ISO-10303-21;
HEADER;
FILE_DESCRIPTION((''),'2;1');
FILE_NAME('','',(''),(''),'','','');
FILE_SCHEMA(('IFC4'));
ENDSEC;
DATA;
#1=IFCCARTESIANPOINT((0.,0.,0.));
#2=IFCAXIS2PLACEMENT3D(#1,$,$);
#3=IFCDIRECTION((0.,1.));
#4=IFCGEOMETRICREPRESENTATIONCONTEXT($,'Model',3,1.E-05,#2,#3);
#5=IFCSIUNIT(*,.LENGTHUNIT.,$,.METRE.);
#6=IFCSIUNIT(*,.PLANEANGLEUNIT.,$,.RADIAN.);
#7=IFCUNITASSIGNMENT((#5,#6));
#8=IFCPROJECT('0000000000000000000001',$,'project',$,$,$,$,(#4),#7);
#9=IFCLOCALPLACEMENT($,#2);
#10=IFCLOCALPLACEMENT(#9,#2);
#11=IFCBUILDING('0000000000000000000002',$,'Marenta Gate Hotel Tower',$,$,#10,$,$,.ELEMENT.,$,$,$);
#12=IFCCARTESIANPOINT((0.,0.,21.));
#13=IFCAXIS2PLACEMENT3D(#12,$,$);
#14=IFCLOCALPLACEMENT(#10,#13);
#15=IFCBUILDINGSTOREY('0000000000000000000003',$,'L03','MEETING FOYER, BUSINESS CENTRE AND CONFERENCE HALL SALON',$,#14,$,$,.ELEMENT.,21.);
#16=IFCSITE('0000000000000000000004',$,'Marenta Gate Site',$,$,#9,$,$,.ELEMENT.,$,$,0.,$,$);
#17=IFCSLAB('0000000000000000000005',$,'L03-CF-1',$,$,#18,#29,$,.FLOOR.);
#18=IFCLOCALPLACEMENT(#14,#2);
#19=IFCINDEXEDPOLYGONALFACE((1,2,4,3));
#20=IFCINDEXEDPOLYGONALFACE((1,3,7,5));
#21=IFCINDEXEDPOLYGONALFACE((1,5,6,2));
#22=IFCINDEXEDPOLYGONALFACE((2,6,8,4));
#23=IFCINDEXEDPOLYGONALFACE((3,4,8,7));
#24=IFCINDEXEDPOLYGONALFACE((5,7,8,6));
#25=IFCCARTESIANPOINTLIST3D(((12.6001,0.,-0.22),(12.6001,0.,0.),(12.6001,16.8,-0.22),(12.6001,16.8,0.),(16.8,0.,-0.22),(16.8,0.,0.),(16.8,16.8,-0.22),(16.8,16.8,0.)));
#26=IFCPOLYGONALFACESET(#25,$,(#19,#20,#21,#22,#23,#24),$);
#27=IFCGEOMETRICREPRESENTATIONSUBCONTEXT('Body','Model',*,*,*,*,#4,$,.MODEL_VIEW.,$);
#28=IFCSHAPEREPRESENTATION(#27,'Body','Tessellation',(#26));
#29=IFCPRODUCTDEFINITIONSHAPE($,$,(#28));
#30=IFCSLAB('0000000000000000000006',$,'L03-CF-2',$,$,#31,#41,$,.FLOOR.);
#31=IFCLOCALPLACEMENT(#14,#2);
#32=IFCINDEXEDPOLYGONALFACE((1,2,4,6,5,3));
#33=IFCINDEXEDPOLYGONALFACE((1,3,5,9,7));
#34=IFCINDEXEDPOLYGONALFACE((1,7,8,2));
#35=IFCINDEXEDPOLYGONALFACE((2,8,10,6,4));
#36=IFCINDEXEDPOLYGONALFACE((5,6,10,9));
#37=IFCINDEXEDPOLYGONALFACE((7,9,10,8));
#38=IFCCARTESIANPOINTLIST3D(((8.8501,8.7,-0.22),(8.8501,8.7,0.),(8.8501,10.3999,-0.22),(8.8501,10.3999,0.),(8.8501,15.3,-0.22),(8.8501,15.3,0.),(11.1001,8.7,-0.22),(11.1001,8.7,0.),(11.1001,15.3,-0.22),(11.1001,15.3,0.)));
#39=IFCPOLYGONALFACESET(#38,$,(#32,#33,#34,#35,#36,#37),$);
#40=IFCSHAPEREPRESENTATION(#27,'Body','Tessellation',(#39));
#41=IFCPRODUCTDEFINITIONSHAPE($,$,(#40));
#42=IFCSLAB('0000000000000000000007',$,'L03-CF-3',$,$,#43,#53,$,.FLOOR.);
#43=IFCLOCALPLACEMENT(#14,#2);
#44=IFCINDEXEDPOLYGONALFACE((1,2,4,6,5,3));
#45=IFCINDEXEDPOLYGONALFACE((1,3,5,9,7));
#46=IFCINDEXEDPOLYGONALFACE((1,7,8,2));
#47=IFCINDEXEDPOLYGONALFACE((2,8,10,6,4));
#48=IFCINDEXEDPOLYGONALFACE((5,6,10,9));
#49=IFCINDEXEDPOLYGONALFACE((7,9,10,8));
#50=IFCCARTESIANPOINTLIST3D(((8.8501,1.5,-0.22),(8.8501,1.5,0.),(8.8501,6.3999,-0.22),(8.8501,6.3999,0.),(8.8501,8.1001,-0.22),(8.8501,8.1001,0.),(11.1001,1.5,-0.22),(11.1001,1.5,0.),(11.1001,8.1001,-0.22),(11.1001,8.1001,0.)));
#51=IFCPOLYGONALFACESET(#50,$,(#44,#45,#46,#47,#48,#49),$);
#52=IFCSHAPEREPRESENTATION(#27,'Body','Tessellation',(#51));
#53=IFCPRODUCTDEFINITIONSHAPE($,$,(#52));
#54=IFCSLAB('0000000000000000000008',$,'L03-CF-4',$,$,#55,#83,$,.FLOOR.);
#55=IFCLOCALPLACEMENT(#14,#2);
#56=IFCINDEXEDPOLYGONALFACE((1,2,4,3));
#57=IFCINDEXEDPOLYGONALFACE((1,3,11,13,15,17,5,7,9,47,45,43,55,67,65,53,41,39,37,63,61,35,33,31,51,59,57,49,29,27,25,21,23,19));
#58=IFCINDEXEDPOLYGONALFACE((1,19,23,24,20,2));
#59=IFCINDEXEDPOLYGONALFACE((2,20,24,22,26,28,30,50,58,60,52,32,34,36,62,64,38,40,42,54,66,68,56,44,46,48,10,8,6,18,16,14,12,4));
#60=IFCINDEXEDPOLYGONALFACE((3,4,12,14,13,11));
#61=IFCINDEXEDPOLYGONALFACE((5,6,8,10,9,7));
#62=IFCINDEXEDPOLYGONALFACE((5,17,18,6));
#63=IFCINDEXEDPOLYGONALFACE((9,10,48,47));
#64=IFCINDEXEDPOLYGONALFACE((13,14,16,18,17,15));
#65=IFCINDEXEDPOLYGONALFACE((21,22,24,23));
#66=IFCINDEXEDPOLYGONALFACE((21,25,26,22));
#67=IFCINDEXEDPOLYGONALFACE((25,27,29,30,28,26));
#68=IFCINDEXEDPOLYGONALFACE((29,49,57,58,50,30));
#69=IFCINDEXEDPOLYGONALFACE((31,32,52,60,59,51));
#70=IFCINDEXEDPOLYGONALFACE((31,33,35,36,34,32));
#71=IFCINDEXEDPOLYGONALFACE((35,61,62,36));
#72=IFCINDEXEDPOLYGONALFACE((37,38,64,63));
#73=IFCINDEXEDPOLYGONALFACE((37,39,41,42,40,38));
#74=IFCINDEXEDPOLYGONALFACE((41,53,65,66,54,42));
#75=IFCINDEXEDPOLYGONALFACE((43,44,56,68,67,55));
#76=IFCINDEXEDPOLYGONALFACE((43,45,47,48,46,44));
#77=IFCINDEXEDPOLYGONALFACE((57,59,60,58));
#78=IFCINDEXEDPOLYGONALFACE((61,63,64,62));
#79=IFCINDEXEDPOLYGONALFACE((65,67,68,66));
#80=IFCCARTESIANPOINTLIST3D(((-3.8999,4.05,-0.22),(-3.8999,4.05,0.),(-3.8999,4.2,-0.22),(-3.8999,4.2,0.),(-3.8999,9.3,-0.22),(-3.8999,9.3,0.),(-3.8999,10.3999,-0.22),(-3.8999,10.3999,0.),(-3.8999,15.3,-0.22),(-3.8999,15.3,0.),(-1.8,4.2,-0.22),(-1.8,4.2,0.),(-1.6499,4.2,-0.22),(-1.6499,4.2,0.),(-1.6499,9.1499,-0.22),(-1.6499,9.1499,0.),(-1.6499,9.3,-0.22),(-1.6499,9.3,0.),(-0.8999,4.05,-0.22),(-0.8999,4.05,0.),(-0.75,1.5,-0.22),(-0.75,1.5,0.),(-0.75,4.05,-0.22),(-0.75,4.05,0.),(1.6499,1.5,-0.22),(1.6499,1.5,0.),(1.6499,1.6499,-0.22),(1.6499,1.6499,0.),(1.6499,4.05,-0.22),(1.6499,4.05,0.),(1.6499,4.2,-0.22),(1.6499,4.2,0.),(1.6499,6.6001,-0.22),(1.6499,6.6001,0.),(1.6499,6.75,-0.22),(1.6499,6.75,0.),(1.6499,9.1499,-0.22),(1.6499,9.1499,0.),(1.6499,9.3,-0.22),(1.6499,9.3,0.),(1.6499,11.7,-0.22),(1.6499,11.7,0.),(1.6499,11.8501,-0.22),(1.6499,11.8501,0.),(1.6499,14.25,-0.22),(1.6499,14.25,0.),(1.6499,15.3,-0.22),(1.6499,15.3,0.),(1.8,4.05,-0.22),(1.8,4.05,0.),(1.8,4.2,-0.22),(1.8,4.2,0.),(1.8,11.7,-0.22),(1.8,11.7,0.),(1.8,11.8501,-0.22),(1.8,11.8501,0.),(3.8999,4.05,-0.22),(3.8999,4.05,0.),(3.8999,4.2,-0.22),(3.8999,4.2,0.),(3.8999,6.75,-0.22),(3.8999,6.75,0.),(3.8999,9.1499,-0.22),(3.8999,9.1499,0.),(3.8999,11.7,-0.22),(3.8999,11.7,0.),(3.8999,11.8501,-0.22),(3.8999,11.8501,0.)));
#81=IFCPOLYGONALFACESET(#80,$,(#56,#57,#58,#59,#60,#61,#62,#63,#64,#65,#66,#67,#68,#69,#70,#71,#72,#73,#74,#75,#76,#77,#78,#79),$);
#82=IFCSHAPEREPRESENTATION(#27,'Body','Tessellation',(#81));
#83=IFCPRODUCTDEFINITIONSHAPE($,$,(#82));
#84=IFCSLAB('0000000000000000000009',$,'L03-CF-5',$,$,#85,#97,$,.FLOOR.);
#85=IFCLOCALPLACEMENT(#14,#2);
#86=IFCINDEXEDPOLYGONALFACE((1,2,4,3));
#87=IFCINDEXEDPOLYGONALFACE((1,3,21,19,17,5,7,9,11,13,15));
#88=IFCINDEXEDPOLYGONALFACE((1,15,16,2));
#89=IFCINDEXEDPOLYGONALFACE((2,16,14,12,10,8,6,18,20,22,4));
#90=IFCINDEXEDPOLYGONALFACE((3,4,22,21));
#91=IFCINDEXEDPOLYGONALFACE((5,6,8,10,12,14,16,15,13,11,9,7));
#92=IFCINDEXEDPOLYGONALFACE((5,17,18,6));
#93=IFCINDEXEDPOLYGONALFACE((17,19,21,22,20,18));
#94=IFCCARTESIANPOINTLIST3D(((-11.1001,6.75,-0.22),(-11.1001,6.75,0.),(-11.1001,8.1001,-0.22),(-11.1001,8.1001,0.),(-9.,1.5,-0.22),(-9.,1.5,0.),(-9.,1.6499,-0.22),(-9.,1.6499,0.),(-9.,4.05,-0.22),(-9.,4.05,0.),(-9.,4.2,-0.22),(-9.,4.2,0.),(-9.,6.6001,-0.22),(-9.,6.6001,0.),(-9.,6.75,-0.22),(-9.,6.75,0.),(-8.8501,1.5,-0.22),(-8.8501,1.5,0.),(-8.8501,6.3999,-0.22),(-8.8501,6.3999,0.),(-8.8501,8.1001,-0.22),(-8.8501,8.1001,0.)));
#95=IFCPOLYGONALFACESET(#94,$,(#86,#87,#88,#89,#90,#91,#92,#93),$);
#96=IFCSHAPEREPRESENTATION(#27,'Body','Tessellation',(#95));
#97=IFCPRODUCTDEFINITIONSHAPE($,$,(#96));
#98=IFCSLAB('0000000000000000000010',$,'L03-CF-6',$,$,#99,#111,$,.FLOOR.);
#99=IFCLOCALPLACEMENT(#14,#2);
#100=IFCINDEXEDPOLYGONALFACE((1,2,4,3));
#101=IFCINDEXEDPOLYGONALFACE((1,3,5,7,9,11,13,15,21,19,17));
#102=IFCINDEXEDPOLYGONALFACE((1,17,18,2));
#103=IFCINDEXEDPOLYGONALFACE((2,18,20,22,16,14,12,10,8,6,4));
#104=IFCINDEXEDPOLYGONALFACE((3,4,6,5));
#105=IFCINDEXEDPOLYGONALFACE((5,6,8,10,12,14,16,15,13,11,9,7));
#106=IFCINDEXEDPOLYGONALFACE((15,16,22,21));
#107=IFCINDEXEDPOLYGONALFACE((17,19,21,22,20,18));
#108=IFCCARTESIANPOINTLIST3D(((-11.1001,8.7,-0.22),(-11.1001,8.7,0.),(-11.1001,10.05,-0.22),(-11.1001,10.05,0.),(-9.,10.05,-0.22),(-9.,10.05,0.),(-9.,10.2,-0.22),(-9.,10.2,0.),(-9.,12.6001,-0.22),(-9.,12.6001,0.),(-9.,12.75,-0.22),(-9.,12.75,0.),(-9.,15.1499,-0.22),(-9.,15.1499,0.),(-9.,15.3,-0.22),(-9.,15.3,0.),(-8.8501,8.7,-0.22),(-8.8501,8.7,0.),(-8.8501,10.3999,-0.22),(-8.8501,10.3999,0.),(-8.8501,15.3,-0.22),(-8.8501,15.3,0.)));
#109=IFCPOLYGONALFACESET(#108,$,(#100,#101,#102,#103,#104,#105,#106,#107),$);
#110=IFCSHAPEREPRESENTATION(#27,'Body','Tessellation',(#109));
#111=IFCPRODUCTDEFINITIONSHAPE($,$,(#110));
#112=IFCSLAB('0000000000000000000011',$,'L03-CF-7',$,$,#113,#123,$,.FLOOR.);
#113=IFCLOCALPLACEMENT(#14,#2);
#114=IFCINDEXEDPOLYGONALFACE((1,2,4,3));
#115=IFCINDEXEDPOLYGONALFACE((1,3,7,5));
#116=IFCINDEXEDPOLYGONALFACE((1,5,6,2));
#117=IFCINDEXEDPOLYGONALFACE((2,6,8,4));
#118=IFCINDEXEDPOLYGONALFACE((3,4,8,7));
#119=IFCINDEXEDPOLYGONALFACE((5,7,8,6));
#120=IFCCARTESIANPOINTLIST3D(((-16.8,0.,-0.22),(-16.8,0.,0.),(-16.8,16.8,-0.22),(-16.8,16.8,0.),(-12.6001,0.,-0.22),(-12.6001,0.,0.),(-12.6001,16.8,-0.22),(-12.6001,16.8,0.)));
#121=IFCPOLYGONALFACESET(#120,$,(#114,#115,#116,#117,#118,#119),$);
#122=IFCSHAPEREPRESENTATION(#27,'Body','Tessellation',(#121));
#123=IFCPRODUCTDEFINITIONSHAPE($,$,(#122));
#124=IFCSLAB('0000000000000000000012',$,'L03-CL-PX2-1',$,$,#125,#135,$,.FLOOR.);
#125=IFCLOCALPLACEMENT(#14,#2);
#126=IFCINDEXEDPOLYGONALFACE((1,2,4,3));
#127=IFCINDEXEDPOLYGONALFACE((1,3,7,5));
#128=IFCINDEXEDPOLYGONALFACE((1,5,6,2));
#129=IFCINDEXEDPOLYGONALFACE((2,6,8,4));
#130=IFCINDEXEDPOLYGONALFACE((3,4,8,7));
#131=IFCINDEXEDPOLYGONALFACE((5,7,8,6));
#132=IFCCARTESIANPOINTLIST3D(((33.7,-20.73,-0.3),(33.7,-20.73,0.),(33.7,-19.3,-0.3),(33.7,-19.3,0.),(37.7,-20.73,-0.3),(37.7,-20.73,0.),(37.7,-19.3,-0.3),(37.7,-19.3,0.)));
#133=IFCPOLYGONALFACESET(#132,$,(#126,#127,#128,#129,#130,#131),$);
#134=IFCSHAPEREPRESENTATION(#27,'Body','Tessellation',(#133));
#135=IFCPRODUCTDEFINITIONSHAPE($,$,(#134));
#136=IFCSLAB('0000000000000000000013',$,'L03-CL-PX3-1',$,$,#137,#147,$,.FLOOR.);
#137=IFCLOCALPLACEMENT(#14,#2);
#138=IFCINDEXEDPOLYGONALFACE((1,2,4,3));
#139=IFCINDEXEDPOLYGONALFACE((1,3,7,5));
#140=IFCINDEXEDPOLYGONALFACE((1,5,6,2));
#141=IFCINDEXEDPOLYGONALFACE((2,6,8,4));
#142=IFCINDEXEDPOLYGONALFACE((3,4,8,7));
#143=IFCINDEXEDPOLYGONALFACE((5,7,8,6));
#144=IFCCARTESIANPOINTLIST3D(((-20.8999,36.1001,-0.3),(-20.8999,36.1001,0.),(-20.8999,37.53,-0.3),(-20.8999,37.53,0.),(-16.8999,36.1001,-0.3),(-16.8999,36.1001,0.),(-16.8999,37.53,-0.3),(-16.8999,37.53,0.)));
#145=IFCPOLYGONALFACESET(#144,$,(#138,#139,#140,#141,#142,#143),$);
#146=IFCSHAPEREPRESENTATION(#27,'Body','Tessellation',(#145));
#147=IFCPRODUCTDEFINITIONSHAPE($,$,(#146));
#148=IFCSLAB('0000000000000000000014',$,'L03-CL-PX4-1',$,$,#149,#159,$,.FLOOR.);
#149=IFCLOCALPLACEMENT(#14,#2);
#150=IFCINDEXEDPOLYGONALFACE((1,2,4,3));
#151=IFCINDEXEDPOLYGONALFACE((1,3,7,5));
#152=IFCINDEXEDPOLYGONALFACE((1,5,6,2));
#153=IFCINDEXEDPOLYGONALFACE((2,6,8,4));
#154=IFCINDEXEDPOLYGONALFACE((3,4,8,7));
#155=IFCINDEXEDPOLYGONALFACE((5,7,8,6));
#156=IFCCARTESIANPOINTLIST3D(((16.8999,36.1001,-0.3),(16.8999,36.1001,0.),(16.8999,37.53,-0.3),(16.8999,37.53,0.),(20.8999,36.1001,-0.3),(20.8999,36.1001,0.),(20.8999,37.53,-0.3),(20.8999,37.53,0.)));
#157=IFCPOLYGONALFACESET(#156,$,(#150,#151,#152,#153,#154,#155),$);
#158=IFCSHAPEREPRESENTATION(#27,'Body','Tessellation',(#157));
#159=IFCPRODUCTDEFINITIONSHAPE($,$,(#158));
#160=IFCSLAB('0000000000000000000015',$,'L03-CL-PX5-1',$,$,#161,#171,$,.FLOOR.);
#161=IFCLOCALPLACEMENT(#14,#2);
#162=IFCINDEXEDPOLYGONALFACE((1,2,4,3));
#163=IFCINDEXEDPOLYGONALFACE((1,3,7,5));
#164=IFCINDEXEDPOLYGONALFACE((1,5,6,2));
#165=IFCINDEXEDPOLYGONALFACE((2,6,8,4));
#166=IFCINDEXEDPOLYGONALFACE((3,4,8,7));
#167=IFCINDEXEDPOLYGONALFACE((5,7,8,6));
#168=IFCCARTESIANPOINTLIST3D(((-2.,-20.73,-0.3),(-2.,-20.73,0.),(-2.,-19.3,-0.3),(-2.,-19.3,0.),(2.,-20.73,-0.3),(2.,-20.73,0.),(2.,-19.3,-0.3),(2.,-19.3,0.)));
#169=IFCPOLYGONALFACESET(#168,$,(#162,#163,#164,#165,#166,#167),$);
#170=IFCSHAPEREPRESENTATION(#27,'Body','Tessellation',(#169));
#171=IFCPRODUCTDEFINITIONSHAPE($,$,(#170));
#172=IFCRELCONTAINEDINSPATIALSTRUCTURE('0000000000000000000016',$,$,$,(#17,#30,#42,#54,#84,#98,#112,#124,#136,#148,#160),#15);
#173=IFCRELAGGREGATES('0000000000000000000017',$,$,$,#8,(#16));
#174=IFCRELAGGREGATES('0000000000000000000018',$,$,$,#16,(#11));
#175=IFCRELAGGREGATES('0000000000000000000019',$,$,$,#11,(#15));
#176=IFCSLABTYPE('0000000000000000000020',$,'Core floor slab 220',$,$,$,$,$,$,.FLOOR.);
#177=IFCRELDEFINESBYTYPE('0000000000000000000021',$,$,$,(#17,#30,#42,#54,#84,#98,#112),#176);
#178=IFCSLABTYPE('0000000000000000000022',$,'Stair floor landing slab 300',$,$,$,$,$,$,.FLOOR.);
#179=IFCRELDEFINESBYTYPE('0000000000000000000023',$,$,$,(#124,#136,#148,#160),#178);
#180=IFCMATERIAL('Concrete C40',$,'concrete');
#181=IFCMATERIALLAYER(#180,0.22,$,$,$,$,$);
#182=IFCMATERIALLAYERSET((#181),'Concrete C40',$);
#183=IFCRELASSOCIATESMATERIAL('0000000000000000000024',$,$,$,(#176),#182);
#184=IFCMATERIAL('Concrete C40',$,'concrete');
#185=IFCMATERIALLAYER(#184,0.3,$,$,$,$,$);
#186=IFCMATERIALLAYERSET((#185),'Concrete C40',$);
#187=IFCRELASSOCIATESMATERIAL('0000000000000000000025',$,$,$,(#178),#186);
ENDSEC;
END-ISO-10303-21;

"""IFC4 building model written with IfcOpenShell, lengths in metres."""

from ifc_helpers import new_model, si_unit, direction, frame, origin, place, context, subcontext, project, spatial, polyline, outline, extrude, material, layer, layer_set, type_object, element, save


model = new_model("IFC4")

# Units and contexts
model_context = context("Model", 3, precision=1e-05, world=origin(), true_north=direction((0.0, 1.0)))
body_context = subcontext(model_context, "Body", "Model", "MODEL_VIEW")
ifc_project = project(units=[si_unit("LENGTHUNIT", "METRE"), si_unit("PLANEANGLEUNIT", "RADIAN")], contexts=[model_context])

# Site, building, storey
site_placement = place(None, origin())
site = spatial("IfcSite", under=ifc_project, at=site_placement, Name="Marenta Gate Site", CompositionType="ELEMENT", RefElevation=0.0)
building_placement = place(site_placement, origin())
building = spatial("IfcBuilding", under=site, at=building_placement, Name="Marenta Gate Hotel Tower", CompositionType="ELEMENT")
storey_placement = place(building_placement, frame((0.0, 0.0, 21.0)))
storey = spatial("IfcBuildingStorey", under=building, at=storey_placement, Name="L03", Description="MEETING FOYER, BUSINESS CENTRE AND CONFERENCE HALL SALON", CompositionType="ELEMENT", Elevation=21.0)

# Slabs
ifc_material_1 = material(Name="Concrete C40", Category="concrete")
ifc_layer_1 = layer(ifc_material_1, 0.22)
ifc_layer_set_1 = layer_set([ifc_layer_1], Name="Concrete C40")
slab_type_1 = type_object("IfcSlabType", Name="Core floor slab 220", PredefinedType="FLOOR", material=ifc_layer_set_1)
slab_1_placement = place(storey_placement, frame((0.0, 0.0, -0.22)))
element("IfcSlab", 1, at=slab_1_placement, inside=storey, type_object=slab_type_1, Name="L03-CF-1", PredefinedType="FLOOR", context=body_context, shape_type="SweptSolid", body=[
    extrude(outline(polyline([(12.6001, 0.0), (12.6001, 16.8), (16.8, 16.8), (16.8, 0.0), (12.6001, 0.0)])), origin(), (0.0, 0.0, 1.0), 0.22),
])
slab_2_placement = place(storey_placement, frame((0.0, 0.0, -0.22)))
element("IfcSlab", 2, at=slab_2_placement, inside=storey, type_object=slab_type_1, Name="L03-CF-2", PredefinedType="FLOOR", context=body_context, shape_type="SweptSolid", body=[
    extrude(outline(polyline([(8.8501, 15.3), (11.1001, 15.3), (11.1001, 8.7), (8.8501, 8.7), (8.8501, 10.3999), (8.8501, 15.3)])), origin(), (0.0, 0.0, 1.0), 0.22),
])
slab_3_placement = place(storey_placement, frame((0.0, 0.0, -0.22)))
element("IfcSlab", 3, at=slab_3_placement, inside=storey, type_object=slab_type_1, Name="L03-CF-3", PredefinedType="FLOOR", context=body_context, shape_type="SweptSolid", body=[
    extrude(outline(polyline([(11.1001, 8.1001), (11.1001, 1.5), (8.8501, 1.5), (8.8501, 6.3999), (8.8501, 8.1001), (11.1001, 8.1001)])), origin(), (0.0, 0.0, 1.0), 0.22),
])
slab_4_placement = place(storey_placement, frame((0.0, 0.0, -0.22)))
element("IfcSlab", 4, at=slab_4_placement, inside=storey, type_object=slab_type_1, Name="L03-CF-4", PredefinedType="FLOOR", context=body_context, shape_type="SweptSolid", body=[
    extrude(outline(polyline([(1.6499, 14.25), (1.6499, 11.8501), (1.8, 11.8501), (3.8999, 11.8501), (3.8999, 11.7), (1.8, 11.7), (1.6499, 11.7), (1.6499, 9.3), (1.6499, 9.1499), (3.8999, 9.1499), (3.8999, 9.3), (3.8999, 10.3999), (3.8999, 10.3999), (3.8999, 6.3999), (3.8999, 6.3999), (3.8999, 6.6001), (3.8999, 6.75), (1.6499, 6.75), (1.6499, 6.6001), (1.6499, 4.2), (1.8, 4.2), (3.8999, 4.2), (3.8999, 4.05), (1.8, 4.05), (1.6499, 4.05), (1.6499, 1.6499), (1.6499, 1.5), (-0.75, 1.5), (-0.75, 4.05), (-0.8999, 4.05), (-3.8999, 4.05), (-3.8999, 4.2), (-1.8, 4.2), (-1.6499, 4.2), (-1.6499, 9.1499), (-1.6499, 9.3), (-3.8999, 9.3), (-3.8999, 9.1499), (-3.8999, 6.75), (-3.8999, 6.6001), (-3.8999, 6.3999), (-3.8999, 6.3999), (-3.8999, 10.3999), (-3.8999, 10.3999), (-3.8999, 15.3), (1.6499, 15.3), (1.6499, 14.25)])), origin(), (0.0, 0.0, 1.0), 0.22),
])
slab_5_placement = place(storey_placement, frame((0.0, 0.0, -0.22)))
element("IfcSlab", 5, at=slab_5_placement, inside=storey, type_object=slab_type_1, Name="L03-CF-5", PredefinedType="FLOOR", context=body_context, shape_type="SweptSolid", body=[
    extrude(outline(polyline([(-8.8501, 8.1001), (-8.8501, 6.3999), (-8.8501, 1.5), (-9.0, 1.5), (-9.0, 1.6499), (-9.0, 4.05), (-9.0, 4.2), (-9.0, 6.6001), (-9.0, 6.75), (-11.1001, 6.75), (-11.1001, 8.1001), (-8.8501, 8.1001)])), origin(), (0.0, 0.0, 1.0), 0.22),
])
slab_6_placement = place(storey_placement, frame((0.0, 0.0, -0.22)))
element("IfcSlab", 6, at=slab_6_placement, inside=storey, type_object=slab_type_1, Name="L03-CF-6", PredefinedType="FLOOR", context=body_context, shape_type="SweptSolid", body=[
    extrude(outline(polyline([(-8.8501, 10.3999), (-8.8501, 8.7), (-11.1001, 8.7), (-11.1001, 10.05), (-9.0, 10.05), (-9.0, 10.2), (-9.0, 12.6001), (-9.0, 12.75), (-9.0, 15.1499), (-9.0, 15.3), (-8.8501, 15.3), (-8.8501, 10.3999)])), origin(), (0.0, 0.0, 1.0), 0.22),
])
slab_7_placement = place(storey_placement, frame((0.0, 0.0, -0.22)))
element("IfcSlab", 7, at=slab_7_placement, inside=storey, type_object=slab_type_1, Name="L03-CF-7", PredefinedType="FLOOR", context=body_context, shape_type="SweptSolid", body=[
    extrude(outline(polyline([(-12.6001, 16.8), (-12.6001, 0.0), (-16.8, 0.0), (-16.8, 16.8), (-12.6001, 16.8)])), origin(), (0.0, 0.0, 1.0), 0.22),
])
ifc_material_2 = material(Name="Concrete C40", Category="concrete")
ifc_layer_2 = layer(ifc_material_2, 0.3)
ifc_layer_set_2 = layer_set([ifc_layer_2], Name="Concrete C40")
slab_type_2 = type_object("IfcSlabType", Name="Stair floor landing slab 300", PredefinedType="FLOOR", material=ifc_layer_set_2)
slab_8_placement = place(storey_placement, frame((0.0, 0.0, -0.3)))
element("IfcSlab", 8, at=slab_8_placement, inside=storey, type_object=slab_type_2, Name="L03-CL-PX2-1", PredefinedType="FLOOR", context=body_context, shape_type="SweptSolid", body=[
    extrude(outline(polyline([(37.7, -20.73), (33.7, -20.73), (33.7, -19.3), (37.7, -19.3), (37.7, -20.73)])), origin(), (0.0, 0.0, 1.0), 0.3),
])
slab_9_placement = place(storey_placement, frame((0.0, 0.0, -0.3)))
element("IfcSlab", 9, at=slab_9_placement, inside=storey, type_object=slab_type_2, Name="L03-CL-PX3-1", PredefinedType="FLOOR", context=body_context, shape_type="SweptSolid", body=[
    extrude(outline(polyline([(-16.8999, 36.1001), (-20.8999, 36.1001), (-20.8999, 37.53), (-16.8999, 37.53), (-16.8999, 36.1001)])), origin(), (0.0, 0.0, 1.0), 0.3),
])
slab_10_placement = place(storey_placement, frame((0.0, 0.0, -0.3)))
element("IfcSlab", 10, at=slab_10_placement, inside=storey, type_object=slab_type_2, Name="L03-CL-PX4-1", PredefinedType="FLOOR", context=body_context, shape_type="SweptSolid", body=[
    extrude(outline(polyline([(20.8999, 36.1001), (16.8999, 36.1001), (16.8999, 37.53), (20.8999, 37.53), (20.8999, 36.1001)])), origin(), (0.0, 0.0, 1.0), 0.3),
])
slab_11_placement = place(storey_placement, frame((0.0, 0.0, -0.3)))
element("IfcSlab", 11, at=slab_11_placement, inside=storey, type_object=slab_type_2, Name="L03-CL-PX5-1", PredefinedType="FLOOR", context=body_context, shape_type="SweptSolid", body=[
    extrude(outline(polyline([(2.0, -20.73), (-2.0, -20.73), (-2.0, -19.3), (2.0, -19.3), (2.0, -20.73)])), origin(), (0.0, 0.0, 1.0), 0.3),
])

save(model, "model.ifc")
